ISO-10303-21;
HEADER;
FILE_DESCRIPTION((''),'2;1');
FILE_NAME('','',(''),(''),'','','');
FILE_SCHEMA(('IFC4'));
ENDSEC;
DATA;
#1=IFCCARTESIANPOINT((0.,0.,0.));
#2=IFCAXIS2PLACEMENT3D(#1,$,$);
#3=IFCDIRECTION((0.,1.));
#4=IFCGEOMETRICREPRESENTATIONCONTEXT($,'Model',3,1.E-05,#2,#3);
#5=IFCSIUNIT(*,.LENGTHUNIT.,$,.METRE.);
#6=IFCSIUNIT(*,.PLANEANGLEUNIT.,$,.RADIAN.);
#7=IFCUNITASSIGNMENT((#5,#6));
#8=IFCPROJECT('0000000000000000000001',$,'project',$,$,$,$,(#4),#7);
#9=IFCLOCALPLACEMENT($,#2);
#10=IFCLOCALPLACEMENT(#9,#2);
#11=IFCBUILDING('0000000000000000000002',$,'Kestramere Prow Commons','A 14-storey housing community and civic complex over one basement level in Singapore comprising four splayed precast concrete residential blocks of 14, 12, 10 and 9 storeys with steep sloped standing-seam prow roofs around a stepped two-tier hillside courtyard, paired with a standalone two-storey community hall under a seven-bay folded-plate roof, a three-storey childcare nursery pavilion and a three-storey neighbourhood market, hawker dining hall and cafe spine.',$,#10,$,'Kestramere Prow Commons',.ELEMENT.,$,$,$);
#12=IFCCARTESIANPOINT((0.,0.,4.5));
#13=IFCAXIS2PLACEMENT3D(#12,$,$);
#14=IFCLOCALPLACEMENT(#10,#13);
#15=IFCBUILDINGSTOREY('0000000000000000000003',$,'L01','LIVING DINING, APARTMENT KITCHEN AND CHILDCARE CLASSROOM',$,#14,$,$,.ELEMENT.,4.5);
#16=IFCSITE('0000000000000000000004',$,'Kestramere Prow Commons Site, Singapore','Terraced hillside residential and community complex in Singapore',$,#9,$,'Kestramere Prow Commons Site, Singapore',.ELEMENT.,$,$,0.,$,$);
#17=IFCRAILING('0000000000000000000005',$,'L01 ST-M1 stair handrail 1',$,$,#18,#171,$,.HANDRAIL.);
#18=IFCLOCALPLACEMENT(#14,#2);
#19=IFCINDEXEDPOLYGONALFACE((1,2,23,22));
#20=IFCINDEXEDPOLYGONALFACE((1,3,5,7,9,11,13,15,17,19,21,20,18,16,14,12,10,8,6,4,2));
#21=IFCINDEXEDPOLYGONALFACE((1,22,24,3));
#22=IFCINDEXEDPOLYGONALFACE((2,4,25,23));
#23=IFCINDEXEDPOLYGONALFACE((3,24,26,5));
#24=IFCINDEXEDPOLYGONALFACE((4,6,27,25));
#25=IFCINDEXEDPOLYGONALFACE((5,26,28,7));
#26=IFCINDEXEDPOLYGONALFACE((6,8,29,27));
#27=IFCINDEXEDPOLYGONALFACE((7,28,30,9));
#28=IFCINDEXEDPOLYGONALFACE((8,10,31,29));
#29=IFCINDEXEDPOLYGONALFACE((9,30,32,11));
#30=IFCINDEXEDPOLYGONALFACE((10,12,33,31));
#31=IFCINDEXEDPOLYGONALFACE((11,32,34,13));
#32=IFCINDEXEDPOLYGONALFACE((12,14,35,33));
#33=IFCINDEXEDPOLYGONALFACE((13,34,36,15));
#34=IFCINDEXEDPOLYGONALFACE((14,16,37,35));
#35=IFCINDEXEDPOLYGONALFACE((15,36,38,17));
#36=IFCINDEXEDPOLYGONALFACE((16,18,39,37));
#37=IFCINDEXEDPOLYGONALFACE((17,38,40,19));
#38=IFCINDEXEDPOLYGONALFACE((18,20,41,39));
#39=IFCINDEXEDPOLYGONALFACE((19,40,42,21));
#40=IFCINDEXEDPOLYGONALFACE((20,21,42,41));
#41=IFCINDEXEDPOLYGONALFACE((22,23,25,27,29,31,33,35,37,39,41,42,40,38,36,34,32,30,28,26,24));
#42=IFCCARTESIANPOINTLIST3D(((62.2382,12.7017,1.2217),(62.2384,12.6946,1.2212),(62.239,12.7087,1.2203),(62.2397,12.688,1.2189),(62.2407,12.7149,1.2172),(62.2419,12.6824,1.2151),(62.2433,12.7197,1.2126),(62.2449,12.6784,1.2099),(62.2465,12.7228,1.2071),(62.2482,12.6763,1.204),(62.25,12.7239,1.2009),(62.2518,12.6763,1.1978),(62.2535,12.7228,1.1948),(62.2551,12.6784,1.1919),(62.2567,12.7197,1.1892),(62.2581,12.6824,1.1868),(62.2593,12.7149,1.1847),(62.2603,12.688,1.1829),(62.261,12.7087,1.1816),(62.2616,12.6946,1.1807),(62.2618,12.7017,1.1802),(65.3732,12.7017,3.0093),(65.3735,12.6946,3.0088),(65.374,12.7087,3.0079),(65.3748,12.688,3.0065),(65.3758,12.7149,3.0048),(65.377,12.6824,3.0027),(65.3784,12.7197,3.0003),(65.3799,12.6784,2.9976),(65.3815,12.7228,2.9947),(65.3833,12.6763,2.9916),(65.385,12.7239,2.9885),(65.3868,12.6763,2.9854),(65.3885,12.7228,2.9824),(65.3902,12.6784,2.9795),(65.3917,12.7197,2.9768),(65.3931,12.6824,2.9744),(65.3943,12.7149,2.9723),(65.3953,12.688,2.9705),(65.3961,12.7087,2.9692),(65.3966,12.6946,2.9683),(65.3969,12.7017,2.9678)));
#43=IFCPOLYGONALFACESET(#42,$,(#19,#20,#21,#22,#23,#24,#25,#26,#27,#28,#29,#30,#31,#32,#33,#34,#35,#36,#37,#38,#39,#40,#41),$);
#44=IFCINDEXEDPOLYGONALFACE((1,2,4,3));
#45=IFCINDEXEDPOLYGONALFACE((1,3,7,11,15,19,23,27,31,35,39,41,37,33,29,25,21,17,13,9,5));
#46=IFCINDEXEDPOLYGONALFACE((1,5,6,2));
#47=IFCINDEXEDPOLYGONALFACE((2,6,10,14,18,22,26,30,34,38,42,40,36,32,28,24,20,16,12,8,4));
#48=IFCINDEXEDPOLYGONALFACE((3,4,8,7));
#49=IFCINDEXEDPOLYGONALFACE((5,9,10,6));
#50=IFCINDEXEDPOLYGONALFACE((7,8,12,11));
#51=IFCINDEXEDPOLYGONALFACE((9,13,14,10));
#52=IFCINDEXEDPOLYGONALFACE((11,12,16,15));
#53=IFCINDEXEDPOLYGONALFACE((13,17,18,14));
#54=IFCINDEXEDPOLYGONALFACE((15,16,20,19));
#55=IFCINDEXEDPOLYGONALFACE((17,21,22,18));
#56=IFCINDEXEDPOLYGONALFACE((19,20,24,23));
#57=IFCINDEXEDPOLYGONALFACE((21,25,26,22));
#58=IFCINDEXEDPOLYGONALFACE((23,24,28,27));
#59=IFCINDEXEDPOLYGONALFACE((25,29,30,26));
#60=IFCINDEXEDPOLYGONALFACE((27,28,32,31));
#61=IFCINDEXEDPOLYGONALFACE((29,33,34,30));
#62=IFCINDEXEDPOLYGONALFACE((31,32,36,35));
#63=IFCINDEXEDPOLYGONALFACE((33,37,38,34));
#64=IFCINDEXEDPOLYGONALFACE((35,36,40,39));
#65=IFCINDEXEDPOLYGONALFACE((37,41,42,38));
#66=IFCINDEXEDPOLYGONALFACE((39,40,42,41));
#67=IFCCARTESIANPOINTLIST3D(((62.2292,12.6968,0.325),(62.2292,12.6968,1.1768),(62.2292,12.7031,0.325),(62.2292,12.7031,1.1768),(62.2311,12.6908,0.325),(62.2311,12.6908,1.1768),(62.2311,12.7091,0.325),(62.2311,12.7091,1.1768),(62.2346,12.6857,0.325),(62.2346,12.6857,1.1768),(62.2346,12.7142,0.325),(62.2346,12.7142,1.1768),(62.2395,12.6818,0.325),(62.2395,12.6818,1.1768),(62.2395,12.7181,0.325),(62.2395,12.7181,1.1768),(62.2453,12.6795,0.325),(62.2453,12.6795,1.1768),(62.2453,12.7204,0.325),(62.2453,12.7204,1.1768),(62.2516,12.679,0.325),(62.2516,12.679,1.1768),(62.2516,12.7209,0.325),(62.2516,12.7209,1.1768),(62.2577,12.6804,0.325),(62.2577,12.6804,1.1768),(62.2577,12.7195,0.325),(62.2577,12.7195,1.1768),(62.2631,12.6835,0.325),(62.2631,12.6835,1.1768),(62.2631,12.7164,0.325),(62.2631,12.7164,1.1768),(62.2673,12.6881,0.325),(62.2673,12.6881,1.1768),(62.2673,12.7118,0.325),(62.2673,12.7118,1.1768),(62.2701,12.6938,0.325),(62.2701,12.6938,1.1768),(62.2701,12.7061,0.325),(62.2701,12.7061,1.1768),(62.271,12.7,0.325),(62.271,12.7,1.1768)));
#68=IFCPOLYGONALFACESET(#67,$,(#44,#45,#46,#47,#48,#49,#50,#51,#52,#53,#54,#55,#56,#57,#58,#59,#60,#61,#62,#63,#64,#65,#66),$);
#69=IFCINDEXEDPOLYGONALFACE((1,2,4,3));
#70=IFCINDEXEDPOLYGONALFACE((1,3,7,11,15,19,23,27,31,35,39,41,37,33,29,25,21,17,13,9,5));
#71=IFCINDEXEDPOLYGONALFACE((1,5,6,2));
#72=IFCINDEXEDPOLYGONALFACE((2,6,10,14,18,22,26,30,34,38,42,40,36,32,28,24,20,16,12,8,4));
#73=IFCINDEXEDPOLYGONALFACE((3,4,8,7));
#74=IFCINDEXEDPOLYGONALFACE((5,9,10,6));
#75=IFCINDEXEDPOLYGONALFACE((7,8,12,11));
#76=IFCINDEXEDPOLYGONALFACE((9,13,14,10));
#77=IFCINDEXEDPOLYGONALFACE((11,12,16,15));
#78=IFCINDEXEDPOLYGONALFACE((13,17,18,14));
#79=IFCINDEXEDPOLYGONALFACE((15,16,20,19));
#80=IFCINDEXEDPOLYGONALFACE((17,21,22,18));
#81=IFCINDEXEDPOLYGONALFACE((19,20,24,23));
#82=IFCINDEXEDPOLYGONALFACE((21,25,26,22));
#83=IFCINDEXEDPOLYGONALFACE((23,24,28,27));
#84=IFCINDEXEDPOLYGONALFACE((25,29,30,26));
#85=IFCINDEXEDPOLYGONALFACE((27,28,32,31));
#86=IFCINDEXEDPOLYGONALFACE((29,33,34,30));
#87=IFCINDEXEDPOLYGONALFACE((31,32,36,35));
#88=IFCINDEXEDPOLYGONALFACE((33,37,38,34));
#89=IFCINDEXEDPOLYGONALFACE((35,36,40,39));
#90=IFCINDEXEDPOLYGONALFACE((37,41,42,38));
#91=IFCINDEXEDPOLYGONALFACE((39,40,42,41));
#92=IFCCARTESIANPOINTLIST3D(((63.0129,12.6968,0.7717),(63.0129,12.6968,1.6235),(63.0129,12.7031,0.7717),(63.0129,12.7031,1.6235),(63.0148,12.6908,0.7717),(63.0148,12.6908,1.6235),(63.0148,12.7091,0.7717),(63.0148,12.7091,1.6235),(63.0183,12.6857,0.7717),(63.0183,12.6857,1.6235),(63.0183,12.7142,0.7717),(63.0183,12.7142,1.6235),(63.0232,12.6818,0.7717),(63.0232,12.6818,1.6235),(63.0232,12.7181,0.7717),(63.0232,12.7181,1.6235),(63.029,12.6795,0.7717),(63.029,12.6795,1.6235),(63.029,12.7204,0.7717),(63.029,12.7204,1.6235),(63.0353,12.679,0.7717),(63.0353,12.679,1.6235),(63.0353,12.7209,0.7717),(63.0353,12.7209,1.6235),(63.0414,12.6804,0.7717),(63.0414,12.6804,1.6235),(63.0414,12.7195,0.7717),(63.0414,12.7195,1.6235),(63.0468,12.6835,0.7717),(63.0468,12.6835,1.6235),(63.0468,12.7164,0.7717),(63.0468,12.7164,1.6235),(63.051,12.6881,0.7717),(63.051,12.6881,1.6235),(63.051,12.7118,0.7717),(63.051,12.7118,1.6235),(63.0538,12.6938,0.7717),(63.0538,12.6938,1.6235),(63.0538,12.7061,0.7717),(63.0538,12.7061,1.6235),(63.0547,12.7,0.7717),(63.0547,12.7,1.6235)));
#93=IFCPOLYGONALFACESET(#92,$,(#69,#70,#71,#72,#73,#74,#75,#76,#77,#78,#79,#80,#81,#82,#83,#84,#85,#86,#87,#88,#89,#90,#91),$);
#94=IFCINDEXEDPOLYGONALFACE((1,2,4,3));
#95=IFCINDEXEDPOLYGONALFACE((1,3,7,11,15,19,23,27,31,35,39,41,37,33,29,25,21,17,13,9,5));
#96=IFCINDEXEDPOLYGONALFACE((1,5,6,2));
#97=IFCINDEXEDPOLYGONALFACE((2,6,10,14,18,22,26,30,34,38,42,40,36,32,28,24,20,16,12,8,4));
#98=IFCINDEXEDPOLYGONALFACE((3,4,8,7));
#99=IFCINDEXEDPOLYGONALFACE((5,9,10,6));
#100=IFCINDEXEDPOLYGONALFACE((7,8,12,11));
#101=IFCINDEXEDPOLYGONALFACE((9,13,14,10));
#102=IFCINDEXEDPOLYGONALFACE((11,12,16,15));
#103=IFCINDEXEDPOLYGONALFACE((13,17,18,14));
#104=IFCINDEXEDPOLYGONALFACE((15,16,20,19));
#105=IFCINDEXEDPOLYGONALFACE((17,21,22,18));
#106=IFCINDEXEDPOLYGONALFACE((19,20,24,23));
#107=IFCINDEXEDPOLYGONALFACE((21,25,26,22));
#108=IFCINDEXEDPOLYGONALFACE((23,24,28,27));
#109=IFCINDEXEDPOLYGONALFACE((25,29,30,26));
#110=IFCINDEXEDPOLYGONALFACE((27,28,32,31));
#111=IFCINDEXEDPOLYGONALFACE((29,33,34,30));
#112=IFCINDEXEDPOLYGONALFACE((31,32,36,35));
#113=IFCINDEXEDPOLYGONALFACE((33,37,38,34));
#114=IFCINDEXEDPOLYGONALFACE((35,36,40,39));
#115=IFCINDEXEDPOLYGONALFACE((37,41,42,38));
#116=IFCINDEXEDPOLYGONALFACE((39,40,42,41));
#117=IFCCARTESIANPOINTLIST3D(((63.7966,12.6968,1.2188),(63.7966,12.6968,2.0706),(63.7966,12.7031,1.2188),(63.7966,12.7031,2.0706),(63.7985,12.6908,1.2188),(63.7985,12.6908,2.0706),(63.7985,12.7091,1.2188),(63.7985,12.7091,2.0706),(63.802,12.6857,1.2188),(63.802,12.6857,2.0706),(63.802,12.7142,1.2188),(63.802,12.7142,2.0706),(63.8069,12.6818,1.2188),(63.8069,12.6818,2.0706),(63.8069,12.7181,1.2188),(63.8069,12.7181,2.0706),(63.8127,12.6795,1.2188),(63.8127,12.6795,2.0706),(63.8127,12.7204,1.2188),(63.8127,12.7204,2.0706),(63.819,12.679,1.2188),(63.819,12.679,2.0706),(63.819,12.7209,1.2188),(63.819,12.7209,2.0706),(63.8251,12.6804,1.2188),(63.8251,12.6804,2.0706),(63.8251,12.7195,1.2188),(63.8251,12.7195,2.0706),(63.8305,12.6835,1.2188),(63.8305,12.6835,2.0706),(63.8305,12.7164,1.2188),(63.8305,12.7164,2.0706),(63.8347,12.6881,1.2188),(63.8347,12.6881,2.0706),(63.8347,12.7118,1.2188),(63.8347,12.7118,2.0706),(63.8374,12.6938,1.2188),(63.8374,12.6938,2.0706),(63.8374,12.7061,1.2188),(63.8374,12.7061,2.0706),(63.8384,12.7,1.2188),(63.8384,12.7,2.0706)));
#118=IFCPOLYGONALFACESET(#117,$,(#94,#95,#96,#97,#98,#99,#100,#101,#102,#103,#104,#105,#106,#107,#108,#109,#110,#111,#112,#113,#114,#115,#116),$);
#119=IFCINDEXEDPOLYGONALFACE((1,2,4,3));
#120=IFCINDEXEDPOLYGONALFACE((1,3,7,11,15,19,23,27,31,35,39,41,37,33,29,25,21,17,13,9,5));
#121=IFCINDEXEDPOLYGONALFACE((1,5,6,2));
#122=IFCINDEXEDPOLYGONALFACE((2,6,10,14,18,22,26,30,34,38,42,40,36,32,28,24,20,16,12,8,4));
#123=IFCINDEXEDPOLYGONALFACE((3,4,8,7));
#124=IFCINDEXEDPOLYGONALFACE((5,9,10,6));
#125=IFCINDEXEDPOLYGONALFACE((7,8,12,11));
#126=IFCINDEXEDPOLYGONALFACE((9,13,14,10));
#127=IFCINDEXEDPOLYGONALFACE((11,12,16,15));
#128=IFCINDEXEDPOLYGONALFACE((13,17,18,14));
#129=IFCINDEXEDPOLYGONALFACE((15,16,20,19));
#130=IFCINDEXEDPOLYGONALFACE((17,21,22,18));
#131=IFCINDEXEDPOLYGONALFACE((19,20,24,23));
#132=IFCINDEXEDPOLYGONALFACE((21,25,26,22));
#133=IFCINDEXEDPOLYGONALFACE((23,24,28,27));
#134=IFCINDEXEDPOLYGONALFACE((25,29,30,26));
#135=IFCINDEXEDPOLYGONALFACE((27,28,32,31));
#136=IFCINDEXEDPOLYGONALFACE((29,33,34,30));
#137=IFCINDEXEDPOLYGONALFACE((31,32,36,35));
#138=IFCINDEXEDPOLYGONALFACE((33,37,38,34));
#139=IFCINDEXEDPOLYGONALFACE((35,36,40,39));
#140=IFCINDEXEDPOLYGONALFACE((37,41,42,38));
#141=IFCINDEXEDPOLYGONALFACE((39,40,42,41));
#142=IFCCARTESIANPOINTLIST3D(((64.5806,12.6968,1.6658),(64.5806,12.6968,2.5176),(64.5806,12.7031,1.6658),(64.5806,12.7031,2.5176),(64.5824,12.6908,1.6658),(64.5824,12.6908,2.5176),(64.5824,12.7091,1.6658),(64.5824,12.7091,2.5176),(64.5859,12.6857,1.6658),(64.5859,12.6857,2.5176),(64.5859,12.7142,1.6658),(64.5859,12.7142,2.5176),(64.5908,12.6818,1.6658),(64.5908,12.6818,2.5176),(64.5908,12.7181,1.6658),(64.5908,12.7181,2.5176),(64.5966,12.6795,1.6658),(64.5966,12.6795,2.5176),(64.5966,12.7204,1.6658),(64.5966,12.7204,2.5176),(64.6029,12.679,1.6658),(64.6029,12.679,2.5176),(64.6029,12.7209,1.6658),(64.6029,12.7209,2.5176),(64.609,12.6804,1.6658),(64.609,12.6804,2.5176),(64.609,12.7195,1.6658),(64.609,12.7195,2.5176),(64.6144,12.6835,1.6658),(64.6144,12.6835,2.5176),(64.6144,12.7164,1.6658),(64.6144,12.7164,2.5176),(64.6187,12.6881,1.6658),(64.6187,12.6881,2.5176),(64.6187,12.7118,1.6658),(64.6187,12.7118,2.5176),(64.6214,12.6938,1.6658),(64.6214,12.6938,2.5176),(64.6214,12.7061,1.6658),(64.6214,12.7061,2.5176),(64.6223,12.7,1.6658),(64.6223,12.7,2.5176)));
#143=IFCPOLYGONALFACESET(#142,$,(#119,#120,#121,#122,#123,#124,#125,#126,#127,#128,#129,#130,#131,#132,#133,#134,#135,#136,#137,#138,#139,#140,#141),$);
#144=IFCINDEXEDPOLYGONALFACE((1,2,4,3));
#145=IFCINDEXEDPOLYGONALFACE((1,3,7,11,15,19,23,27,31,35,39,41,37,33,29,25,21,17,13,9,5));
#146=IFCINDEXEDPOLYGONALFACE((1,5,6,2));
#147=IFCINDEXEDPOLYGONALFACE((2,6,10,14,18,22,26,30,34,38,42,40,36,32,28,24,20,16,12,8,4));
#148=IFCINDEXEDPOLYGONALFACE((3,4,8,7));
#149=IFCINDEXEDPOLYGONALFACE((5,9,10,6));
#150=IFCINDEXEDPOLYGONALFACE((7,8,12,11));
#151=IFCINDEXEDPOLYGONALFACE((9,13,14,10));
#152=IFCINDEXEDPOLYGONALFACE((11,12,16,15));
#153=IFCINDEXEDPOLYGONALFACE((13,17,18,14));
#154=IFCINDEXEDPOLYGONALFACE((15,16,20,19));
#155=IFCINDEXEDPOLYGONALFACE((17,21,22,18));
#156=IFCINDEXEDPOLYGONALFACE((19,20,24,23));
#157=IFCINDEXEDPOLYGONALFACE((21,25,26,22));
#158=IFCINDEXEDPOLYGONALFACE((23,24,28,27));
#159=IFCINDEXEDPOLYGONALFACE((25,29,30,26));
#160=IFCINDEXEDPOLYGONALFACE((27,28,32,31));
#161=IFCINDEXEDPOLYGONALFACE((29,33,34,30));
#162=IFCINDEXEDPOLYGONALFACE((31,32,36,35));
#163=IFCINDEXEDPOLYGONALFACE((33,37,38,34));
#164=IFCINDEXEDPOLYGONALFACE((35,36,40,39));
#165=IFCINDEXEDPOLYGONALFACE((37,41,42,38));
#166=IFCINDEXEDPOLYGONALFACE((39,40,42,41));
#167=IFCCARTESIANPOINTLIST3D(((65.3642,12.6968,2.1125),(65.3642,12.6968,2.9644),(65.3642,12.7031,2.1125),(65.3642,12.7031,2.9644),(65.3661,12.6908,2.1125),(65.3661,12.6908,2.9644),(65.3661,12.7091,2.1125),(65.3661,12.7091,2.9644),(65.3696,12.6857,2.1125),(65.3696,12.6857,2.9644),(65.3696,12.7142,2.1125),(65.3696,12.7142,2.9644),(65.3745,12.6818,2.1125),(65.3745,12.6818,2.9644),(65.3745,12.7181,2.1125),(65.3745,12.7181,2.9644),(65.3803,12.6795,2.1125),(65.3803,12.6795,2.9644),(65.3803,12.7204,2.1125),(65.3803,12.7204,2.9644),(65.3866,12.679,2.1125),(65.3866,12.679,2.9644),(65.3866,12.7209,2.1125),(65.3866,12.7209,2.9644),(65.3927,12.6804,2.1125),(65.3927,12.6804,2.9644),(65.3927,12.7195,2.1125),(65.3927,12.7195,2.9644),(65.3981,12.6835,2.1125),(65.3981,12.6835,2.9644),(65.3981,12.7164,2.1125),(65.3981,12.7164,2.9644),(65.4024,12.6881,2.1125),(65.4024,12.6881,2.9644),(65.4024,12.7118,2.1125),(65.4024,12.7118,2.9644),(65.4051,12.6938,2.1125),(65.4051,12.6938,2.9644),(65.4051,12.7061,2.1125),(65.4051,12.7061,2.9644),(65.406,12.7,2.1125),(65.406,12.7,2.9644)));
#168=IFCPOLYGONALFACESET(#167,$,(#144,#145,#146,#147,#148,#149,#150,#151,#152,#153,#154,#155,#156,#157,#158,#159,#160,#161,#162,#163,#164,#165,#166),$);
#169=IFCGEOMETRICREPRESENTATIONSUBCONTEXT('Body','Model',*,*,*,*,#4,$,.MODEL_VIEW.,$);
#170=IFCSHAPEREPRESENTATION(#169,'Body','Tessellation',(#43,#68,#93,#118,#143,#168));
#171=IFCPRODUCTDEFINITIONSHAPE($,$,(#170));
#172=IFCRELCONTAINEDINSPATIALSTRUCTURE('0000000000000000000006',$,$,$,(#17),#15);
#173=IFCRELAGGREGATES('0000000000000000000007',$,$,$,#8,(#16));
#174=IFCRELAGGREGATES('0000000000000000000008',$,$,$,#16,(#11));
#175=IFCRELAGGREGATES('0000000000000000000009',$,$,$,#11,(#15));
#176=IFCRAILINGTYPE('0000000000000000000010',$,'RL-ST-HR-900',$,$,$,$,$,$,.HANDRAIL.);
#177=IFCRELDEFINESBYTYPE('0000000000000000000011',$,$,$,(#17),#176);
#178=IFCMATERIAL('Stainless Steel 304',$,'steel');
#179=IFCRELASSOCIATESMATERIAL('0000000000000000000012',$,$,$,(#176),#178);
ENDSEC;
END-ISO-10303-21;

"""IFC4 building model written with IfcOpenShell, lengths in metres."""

from ifc_helpers import new_model, si_unit, direction, frame, origin, origin_2d, place, context, subcontext, project, spatial, circle, extrude, material, type_object, element, save


model = new_model("IFC4")

# Units and contexts
model_context = context("Model", 3, precision=1e-05, world=origin(), true_north=direction((0.0, 1.0)))
body_context = subcontext(model_context, "Body", "Model", "MODEL_VIEW")
ifc_project = project(units=[si_unit("LENGTHUNIT", "METRE"), si_unit("PLANEANGLEUNIT", "RADIAN")], contexts=[model_context])

# Site, building, storey
site_placement = place(None, origin())
site = spatial("IfcSite", under=ifc_project, at=site_placement, Name="Kestramere Prow Commons Site, Singapore", Description="Terraced hillside residential and community complex in Singapore", LongName="Kestramere Prow Commons Site, Singapore", CompositionType="ELEMENT", RefElevation=0.0)
building_placement = place(site_placement, origin())
building = spatial("IfcBuilding", under=site, at=building_placement, Name="Kestramere Prow Commons", Description="A 14-storey housing community and civic complex over one basement level in Singapore comprising four splayed precast concrete residential blocks of 14, 12, 10 and 9 storeys with steep sloped standing-seam prow roofs around a stepped two-tier hillside courtyard, paired with a standalone two-storey community hall under a seven-bay folded-plate roof, a three-storey childcare nursery pavilion and a three-storey neighbourhood market, hawker dining hall and cafe spine.", LongName="Kestramere Prow Commons", CompositionType="ELEMENT")
storey_placement = place(building_placement, frame((0.0, 0.0, 4.5)))
storey = spatial("IfcBuildingStorey", under=building, at=storey_placement, Name="L01", Description="LIVING DINING, APARTMENT KITCHEN AND CHILDCARE CLASSROOM", CompositionType="ELEMENT", Elevation=4.5)

# Railing
ifc_material_1 = material(Name="Stainless Steel 304", Category="steel")
railing_type_1 = type_object("IfcRailingType", Name="RL-ST-HR-900", PredefinedType="HANDRAIL", material=ifc_material_1)
railing_1_placement = place(storey_placement, frame((62.25, 12.7, 0.325)))
element("IfcRailing", 1, at=railing_1_placement, inside=storey, type_object=railing_type_1, Name="L01 ST-M1 stair handrail 1", PredefinedType="HANDRAIL", context=body_context, shape_type="SweptSolid", body=[
    extrude(circle(Radius=0.0239, at=origin_2d()), frame((0.0, 0.0, 0.876), z_axis=(0.868701, 0.0, 0.495337), x_axis=(0.0, 1.0, 0.0)), (0.0, 0.0, 1.0), 3.6089),
    extrude(circle(Radius=0.021, at=origin_2d()), origin(), (0.0, 0.0, 1.0), 0.8518),
    extrude(circle(Radius=0.021, at=origin_2d()), frame((0.7837, 0.0, 0.4468)), (0.0, 0.0, 1.0), 0.8518),
    extrude(circle(Radius=0.021, at=origin_2d()), frame((1.5674, 0.0, 0.8938)), (0.0, 0.0, 1.0), 0.8518),
    extrude(circle(Radius=0.021, at=origin_2d()), frame((2.3513, 0.0, 1.3408)), (0.0, 0.0, 1.0), 0.8518),
    extrude(circle(Radius=0.021, at=origin_2d()), frame((3.135, 0.0, 1.7876)), (0.0, 0.0, 1.0), 0.8518),
])

save(model, "model.ifc")
